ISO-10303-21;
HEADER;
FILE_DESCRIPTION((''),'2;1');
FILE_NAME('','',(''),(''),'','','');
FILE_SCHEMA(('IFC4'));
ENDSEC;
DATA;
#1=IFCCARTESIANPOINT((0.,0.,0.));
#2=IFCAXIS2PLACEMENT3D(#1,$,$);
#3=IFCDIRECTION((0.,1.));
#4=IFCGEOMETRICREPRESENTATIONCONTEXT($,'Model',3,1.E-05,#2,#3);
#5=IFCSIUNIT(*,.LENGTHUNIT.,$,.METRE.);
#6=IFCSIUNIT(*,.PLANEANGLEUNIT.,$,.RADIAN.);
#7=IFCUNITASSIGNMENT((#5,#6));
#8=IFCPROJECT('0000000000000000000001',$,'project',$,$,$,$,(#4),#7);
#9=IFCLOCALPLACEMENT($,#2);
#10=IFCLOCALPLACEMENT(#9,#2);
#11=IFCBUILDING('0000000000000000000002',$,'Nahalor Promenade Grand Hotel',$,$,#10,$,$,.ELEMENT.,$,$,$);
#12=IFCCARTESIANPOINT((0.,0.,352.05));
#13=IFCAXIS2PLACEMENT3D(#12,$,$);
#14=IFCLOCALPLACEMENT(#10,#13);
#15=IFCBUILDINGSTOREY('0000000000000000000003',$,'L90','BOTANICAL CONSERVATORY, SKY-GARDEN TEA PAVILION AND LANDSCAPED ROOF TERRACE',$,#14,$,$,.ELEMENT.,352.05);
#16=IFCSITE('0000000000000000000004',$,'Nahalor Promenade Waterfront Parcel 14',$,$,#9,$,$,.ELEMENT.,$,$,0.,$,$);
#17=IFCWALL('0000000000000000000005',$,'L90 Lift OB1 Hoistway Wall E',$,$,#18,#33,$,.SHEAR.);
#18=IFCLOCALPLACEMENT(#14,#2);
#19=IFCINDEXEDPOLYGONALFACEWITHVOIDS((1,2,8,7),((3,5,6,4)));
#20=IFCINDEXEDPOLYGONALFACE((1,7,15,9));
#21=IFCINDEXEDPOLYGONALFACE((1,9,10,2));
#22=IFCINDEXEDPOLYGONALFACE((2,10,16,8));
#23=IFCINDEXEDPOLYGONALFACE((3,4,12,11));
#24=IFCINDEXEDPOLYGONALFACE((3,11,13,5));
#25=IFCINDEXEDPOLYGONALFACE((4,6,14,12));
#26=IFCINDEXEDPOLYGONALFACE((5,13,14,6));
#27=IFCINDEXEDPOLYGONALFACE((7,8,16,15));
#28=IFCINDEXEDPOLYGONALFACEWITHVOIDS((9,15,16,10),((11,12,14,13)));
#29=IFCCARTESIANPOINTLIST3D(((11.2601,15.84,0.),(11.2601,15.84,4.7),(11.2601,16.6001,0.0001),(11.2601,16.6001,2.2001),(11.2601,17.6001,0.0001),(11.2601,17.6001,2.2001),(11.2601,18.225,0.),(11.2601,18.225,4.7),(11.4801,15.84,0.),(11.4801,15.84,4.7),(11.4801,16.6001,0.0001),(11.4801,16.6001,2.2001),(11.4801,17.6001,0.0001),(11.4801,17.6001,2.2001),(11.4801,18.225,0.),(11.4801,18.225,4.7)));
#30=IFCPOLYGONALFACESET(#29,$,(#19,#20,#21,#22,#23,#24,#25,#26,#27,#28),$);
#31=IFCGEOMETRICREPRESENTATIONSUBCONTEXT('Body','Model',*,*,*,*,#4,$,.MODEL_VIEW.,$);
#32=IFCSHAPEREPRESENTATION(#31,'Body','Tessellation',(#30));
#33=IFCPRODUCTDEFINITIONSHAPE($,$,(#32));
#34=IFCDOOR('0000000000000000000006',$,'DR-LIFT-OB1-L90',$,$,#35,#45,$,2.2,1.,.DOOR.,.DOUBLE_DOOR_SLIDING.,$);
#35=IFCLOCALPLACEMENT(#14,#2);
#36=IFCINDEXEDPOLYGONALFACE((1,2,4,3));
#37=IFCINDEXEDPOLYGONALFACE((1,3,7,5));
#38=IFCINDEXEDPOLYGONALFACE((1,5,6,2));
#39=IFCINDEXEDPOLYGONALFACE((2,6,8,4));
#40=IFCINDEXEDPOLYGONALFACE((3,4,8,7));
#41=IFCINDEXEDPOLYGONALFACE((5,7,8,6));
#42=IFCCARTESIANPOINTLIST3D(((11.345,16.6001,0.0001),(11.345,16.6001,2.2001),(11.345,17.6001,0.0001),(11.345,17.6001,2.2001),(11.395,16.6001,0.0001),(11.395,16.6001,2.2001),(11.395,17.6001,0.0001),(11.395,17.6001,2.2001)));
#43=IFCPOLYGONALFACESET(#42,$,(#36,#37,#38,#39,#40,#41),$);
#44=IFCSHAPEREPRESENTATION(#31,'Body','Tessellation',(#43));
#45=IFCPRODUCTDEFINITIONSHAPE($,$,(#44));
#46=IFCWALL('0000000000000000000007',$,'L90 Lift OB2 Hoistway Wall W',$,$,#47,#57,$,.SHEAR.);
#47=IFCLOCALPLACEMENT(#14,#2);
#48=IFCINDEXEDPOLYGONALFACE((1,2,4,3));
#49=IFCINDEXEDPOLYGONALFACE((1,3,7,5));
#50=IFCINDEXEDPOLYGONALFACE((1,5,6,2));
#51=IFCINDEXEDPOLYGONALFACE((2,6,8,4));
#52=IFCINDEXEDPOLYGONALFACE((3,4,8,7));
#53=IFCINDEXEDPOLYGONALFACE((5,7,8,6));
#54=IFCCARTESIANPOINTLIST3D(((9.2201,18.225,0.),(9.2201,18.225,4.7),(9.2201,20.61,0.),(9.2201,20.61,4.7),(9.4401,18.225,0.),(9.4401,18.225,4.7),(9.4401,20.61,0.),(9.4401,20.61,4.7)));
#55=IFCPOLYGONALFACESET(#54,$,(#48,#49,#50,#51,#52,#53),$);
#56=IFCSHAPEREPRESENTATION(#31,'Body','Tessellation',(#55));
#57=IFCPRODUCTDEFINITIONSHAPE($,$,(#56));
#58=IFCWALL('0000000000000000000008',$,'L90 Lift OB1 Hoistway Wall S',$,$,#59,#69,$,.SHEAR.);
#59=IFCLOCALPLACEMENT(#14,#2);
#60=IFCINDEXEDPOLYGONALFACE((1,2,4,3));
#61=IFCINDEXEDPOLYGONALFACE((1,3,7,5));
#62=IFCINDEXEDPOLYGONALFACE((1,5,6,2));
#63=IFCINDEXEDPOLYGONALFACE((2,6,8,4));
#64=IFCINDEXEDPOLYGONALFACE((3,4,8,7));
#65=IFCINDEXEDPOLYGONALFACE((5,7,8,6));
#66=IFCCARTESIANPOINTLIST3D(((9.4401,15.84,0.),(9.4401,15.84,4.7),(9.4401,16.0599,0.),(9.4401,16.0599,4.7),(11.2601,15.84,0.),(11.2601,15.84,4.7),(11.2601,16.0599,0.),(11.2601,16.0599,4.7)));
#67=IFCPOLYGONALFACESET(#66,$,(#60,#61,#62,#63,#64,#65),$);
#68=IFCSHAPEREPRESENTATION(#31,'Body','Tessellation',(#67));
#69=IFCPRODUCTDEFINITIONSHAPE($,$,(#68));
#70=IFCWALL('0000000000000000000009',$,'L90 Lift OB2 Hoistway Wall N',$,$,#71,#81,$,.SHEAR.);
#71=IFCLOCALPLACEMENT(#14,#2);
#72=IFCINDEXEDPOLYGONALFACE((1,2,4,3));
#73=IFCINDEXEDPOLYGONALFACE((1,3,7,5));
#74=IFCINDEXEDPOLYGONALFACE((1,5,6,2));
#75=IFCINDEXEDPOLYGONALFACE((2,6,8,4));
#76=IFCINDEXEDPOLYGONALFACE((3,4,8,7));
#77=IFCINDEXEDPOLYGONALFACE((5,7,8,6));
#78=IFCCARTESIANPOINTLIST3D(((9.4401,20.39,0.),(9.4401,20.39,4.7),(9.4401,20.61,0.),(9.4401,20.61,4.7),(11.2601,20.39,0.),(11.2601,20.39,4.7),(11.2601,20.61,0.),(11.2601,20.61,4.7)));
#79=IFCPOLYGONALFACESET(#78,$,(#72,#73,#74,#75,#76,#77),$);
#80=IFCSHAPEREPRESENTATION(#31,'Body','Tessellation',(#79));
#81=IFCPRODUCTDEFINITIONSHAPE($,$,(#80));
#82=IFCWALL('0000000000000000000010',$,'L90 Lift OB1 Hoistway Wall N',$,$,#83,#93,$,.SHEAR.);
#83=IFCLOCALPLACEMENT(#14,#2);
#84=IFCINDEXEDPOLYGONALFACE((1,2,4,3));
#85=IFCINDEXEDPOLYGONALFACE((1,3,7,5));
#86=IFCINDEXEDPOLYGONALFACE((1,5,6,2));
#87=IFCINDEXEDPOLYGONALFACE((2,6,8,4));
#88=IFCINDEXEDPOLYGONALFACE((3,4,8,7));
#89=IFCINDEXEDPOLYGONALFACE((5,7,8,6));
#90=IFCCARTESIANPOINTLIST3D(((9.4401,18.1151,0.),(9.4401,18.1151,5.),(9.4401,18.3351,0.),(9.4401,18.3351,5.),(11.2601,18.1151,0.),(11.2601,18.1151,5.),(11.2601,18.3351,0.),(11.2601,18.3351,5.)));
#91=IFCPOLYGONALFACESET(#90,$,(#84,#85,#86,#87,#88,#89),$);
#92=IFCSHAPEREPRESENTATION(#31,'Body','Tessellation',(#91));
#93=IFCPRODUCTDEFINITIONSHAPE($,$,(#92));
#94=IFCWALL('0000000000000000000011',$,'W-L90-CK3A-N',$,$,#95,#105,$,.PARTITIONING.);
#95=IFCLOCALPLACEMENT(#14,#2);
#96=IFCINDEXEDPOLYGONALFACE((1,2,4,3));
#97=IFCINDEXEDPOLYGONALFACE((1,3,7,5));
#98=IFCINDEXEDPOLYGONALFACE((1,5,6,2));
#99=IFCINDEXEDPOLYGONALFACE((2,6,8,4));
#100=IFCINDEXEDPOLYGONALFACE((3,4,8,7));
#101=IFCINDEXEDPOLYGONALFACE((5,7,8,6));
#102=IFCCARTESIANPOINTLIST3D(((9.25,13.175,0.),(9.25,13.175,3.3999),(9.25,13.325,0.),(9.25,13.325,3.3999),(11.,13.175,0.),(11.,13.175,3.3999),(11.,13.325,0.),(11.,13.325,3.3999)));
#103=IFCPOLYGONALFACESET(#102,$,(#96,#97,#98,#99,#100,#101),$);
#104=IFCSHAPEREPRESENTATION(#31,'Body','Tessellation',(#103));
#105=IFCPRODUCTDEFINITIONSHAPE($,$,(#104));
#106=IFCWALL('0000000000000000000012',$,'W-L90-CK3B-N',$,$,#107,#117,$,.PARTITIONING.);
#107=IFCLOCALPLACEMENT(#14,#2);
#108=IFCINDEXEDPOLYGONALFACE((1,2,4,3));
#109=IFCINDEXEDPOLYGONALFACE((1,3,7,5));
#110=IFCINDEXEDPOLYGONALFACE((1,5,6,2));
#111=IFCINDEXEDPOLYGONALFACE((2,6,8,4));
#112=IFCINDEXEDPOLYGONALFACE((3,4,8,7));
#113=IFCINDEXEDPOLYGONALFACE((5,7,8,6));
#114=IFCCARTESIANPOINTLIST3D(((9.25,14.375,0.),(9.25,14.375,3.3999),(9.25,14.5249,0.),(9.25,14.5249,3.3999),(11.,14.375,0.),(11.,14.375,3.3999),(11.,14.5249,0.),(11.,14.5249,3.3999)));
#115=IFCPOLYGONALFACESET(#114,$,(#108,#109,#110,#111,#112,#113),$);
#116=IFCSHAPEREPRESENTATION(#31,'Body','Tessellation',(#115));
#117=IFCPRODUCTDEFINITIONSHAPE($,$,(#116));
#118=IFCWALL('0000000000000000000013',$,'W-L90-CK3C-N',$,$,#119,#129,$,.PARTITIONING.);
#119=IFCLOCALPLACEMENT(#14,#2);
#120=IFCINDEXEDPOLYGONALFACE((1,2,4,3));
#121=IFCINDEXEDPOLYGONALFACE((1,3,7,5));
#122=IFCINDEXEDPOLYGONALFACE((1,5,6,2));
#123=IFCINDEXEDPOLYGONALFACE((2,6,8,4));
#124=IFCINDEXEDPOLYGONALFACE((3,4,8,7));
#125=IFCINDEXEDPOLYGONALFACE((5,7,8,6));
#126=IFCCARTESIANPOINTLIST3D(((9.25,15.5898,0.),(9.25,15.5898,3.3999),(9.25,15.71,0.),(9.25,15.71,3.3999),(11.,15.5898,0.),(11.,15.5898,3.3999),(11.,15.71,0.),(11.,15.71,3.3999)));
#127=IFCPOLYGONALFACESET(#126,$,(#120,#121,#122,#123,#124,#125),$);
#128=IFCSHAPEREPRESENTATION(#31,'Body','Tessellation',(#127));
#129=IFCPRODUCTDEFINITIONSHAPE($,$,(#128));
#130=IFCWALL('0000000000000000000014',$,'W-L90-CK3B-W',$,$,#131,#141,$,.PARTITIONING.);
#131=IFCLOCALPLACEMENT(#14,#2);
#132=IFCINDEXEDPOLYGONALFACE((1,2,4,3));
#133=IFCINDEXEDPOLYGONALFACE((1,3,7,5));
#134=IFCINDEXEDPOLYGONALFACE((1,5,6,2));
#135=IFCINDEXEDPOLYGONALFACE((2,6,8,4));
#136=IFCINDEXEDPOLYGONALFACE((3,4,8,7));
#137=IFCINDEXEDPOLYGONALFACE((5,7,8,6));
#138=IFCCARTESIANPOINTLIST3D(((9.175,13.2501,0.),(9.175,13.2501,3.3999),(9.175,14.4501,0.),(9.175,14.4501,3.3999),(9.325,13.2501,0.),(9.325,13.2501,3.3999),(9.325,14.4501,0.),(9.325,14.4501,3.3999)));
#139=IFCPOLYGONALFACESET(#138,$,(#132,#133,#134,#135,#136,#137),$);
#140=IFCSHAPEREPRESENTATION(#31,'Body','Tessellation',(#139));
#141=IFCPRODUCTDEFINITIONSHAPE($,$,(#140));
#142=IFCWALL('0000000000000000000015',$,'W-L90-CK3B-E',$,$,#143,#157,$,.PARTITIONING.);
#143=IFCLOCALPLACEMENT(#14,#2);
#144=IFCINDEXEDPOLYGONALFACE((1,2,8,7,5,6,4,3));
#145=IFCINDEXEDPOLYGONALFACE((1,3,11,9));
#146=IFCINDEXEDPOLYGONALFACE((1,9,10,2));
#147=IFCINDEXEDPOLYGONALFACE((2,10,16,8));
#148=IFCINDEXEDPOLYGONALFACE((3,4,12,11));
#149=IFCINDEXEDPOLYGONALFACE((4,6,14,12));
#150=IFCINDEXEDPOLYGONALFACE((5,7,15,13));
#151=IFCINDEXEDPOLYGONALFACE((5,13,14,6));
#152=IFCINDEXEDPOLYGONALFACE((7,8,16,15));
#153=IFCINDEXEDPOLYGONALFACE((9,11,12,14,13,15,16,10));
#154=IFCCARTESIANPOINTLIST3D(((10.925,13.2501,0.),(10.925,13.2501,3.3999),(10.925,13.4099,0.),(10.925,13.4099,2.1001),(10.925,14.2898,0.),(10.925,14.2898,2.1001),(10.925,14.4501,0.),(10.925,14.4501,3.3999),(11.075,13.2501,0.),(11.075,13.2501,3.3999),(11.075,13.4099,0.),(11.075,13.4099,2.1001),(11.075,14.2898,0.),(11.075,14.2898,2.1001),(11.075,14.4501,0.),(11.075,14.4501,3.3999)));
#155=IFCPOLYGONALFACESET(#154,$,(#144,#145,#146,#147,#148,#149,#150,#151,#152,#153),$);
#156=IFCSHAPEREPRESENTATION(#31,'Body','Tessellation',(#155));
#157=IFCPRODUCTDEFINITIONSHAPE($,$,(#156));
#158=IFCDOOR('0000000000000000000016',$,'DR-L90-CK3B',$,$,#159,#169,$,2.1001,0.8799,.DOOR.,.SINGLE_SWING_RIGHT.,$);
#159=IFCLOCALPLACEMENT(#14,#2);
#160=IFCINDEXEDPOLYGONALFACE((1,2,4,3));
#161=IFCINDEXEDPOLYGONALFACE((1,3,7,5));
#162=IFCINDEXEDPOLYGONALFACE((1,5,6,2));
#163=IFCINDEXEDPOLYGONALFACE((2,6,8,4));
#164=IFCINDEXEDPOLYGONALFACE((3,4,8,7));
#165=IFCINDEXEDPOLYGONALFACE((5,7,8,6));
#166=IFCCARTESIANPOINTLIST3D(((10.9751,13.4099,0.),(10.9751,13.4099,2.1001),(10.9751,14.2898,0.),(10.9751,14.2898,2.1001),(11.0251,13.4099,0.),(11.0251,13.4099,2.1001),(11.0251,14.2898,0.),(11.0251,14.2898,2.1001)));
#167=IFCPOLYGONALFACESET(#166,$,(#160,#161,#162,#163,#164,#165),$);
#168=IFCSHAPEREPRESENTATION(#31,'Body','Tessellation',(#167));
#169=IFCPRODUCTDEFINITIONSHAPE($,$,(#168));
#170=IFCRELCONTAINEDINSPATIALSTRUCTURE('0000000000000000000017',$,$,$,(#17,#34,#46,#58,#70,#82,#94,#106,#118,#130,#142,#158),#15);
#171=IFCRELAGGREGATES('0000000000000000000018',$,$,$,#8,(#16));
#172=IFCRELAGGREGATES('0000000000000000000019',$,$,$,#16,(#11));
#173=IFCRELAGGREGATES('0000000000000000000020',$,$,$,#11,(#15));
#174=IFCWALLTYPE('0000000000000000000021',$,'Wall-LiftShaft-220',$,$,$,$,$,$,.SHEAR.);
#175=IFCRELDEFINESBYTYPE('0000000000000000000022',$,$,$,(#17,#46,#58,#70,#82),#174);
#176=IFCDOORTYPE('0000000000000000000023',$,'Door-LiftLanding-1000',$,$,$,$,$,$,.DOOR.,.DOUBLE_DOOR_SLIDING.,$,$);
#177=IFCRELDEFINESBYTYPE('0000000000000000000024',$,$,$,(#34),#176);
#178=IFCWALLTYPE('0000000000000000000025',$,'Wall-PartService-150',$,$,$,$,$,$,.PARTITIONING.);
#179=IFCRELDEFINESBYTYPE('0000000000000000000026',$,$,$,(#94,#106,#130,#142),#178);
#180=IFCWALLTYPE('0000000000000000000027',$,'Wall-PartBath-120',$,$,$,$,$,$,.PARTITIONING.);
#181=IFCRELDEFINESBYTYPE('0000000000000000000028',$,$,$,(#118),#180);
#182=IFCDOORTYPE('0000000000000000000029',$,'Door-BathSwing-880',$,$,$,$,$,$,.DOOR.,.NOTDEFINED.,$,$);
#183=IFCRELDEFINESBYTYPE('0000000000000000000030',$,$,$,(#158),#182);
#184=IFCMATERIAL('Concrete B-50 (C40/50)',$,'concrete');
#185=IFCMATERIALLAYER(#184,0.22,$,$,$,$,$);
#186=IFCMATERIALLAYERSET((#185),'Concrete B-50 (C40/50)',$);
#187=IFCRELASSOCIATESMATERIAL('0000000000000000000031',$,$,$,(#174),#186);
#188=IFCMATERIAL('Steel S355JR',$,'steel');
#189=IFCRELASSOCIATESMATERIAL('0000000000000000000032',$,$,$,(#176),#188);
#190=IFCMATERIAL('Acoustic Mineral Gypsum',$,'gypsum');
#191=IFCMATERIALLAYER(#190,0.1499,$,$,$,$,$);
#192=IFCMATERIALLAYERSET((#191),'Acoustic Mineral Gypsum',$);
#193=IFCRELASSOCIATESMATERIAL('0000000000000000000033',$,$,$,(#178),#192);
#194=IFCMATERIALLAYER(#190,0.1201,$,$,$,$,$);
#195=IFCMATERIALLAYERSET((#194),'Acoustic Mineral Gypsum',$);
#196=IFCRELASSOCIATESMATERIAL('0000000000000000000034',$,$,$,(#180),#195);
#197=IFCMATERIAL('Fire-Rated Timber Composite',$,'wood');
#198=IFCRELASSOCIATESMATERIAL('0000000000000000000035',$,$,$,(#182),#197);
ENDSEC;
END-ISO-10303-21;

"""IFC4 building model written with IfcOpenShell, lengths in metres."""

from ifc_helpers import new_model, si_unit, direction, frame, frame_2d, origin, place, context, subcontext, project, spatial, rectangle, extrude, source, transform, mapped, material, layer, layer_set, type_object, element, fill, save


model = new_model("IFC4")

# Units and contexts
model_context = context("Model", 3, precision=1e-05, world=origin(), true_north=direction((0.0, 1.0)))
body_context = subcontext(model_context, "Body", "Model", "MODEL_VIEW")
ifc_project = project(units=[si_unit("LENGTHUNIT", "METRE"), si_unit("PLANEANGLEUNIT", "RADIAN")], contexts=[model_context])

# Site, building, storey
site_placement = place(None, origin())
site = spatial("IfcSite", under=ifc_project, at=site_placement, Name="Nahalor Promenade Waterfront Parcel 14", CompositionType="ELEMENT", RefElevation=0.0)
building_placement = place(site_placement, origin())
building = spatial("IfcBuilding", under=site, at=building_placement, Name="Nahalor Promenade Grand Hotel", CompositionType="ELEMENT")
storey_placement = place(building_placement, frame((0.0, 0.0, 352.05)))
storey = spatial("IfcBuildingStorey", under=building, at=storey_placement, Name="L90", Description="BOTANICAL CONSERVATORY, SKY-GARDEN TEA PAVILION AND LANDSCAPED ROOF TERRACE", CompositionType="ELEMENT", Elevation=352.05)

# Shared definitions
ifc_material_1 = material(Name="Concrete B-50 (C40/50)", Category="concrete")
ifc_material_2 = material(Name="Steel S355JR", Category="steel")

# Shared definitions
ifc_layer_1 = layer(ifc_material_1, 0.22)
ifc_layer_set_1 = layer_set([ifc_layer_1], Name="Concrete B-50 (C40/50)")
wall_type_1 = type_object("IfcWallType", Name="Wall-LiftShaft-220", PredefinedType="SHEAR", material=ifc_layer_set_1)
shared_shape_1 = source(origin(), body_context, "Body", "SweptSolid", [
    extrude(rectangle(XDim=2.385, YDim=0.22, at=frame_2d((1.1924, 0.0))), origin(), (0.0, 0.0, 1.0), 4.7),
])

# Wall, opening, door
wall_1_placement = place(storey_placement, frame((11.3701, 15.8401, 0.0), z_axis=(0.0, 0.0, 1.0), x_axis=(0.0, 1.0, 0.0)))
wall_1 = element("IfcWall", 1, at=wall_1_placement, inside=storey, type_object=wall_type_1, Name="L90 Lift OB1 Hoistway Wall E", PredefinedType="SHEAR", context=body_context, shape_type="MappedRepresentation", body=[
    mapped(shared_shape_1, transform((0.0, 0.0, 0.0), scale=1.0)),
])
opening_1_placement = place(wall_1_placement, frame((0.76, 0.0, 0.0)))
opening_1 = element("IfcOpeningElement", 2, at=opening_1_placement, cuts=wall_1, PredefinedType="OPENING", context=body_context, shape_type="SweptSolid", body=[
    extrude(rectangle(XDim=1.0, YDim=2.2, at=frame_2d((0.5, 1.1001))), frame((0.0, 0.1199, 0.0), z_axis=(0.0, -1.0, 0.0), x_axis=(1.0, 0.0, 0.0)), (0.0, 0.0, 1.0), 0.24),
])
door_type_1 = type_object("IfcDoorType", Name="Door-LiftLanding-1000", OperationType="DOUBLE_DOOR_SLIDING", PredefinedType="DOOR", material=ifc_material_2)
shared_shape_2 = source(origin(), body_context, "Body", "SweptSolid", [
    extrude(rectangle(XDim=1.0, YDim=2.2, at=frame_2d((0.5, 1.1001))), frame((0.0, 0.0249, 0.0), z_axis=(0.0, -1.0, 0.0), x_axis=(1.0, 0.0, 0.0)), (0.0, 0.0, 1.0), 0.05),
])
door_1_placement = place(opening_1_placement, frame((1.0, 0.0, 0.0), z_axis=(0.0, 0.0, 1.0), x_axis=(-1.0, 0.0, 0.0)))
door_1 = element("IfcDoor", 3, at=door_1_placement, inside=storey, type_object=door_type_1, Name="DR-LIFT-OB1-L90", OperationType="DOUBLE_DOOR_SLIDING", OverallHeight=2.2, OverallWidth=1.0, PredefinedType="DOOR", context=body_context, shape_type="MappedRepresentation", body=[
    mapped(shared_shape_2, transform((0.0, 0.0, 0.0), scale=1.0)),
])
fill(opening_1, door_1)

# Walls
wall_2_placement = place(storey_placement, frame((9.3301, 18.2251, 0.0), z_axis=(0.0, 0.0, 1.0), x_axis=(0.0, 1.0, 0.0)))
element("IfcWall", 4, at=wall_2_placement, inside=storey, type_object=wall_type_1, Name="L90 Lift OB2 Hoistway Wall W", PredefinedType="SHEAR", context=body_context, shape_type="MappedRepresentation", body=[
    mapped(shared_shape_1, transform((0.0, 0.0, 0.0), scale=1.0)),
])
shared_shape_3 = source(origin(), body_context, "Body", "SweptSolid", [
    extrude(rectangle(XDim=1.8201, YDim=0.22, at=frame_2d((0.9102, 0.0))), origin(), (0.0, 0.0, 1.0), 4.7),
])
for number, where, z_axis, x_axis, name in (
    (5, (9.4399, 15.95, 0.0), (0.0, 0.0, 1.0), (1.0, 0.0, 0.0), "L90 Lift OB1 Hoistway Wall S"),
    (6, (9.4399, 20.5, 0.0), (0.0, 0.0, 1.0), (1.0, 0.0, 0.0), "L90 Lift OB2 Hoistway Wall N"),
):
    element("IfcWall", number, at=place(storey_placement, frame(where, z_axis=z_axis, x_axis=x_axis)), inside=storey, type_object=wall_type_1, Name=name, PredefinedType="SHEAR", context=body_context, shape_type="MappedRepresentation", body=[
        mapped(shared_shape_3, transform((0.0, 0.0, 0.0), scale=1.0)),
    ])
shared_shape_4 = source(origin(), body_context, "Body", "SweptSolid", [
    extrude(rectangle(XDim=1.8201, YDim=0.22, at=frame_2d((0.9102, 0.0))), origin(), (0.0, 0.0, 1.0), 5.0),
])
wall_3_placement = place(storey_placement, frame((9.4399, 18.2251, 0.0), z_axis=(0.0, 0.0, 1.0), x_axis=(1.0, 0.0, 0.0)))
element("IfcWall", 7, at=wall_3_placement, inside=storey, type_object=wall_type_1, Name="L90 Lift OB1 Hoistway Wall N", PredefinedType="SHEAR", context=body_context, shape_type="MappedRepresentation", body=[
    mapped(shared_shape_4, transform((0.0, 0.0, 0.0), scale=1.0)),
])
ifc_material_3 = material(Name="Acoustic Mineral Gypsum", Category="gypsum")
ifc_layer_2 = layer(ifc_material_3, 0.1499)
ifc_layer_set_2 = layer_set([ifc_layer_2], Name="Acoustic Mineral Gypsum")
wall_type_2 = type_object("IfcWallType", Name="Wall-PartService-150", PredefinedType="PARTITIONING", material=ifc_layer_set_2)
shared_shape_5 = source(origin(), body_context, "Body", "SweptSolid", [
    extrude(rectangle(XDim=1.75, YDim=0.1499, at=frame_2d((0.875, 0.0))), origin(), (0.0, 0.0, 1.0), 3.3999),
])
for number, where, z_axis, x_axis, name in (
    (8, (9.25, 13.25, 0.0), (0.0, 0.0, 1.0), (1.0, 0.0, 0.0), "W-L90-CK3A-N"),
    (9, (9.25, 14.45, 0.0), (0.0, 0.0, 1.0), (1.0, 0.0, 0.0), "W-L90-CK3B-N"),
):
    element("IfcWall", number, at=place(storey_placement, frame(where, z_axis=z_axis, x_axis=x_axis)), inside=storey, type_object=wall_type_2, Name=name, PredefinedType="PARTITIONING", context=body_context, shape_type="MappedRepresentation", body=[
        mapped(shared_shape_5, transform((0.0, 0.0, 0.0), scale=1.0)),
    ])
ifc_layer_3 = layer(ifc_material_3, 0.1201)
ifc_layer_set_3 = layer_set([ifc_layer_3], Name="Acoustic Mineral Gypsum")
wall_type_3 = type_object("IfcWallType", Name="Wall-PartBath-120", PredefinedType="PARTITIONING", material=ifc_layer_set_3)
shared_shape_6 = source(origin(), body_context, "Body", "SweptSolid", [
    extrude(rectangle(XDim=1.75, YDim=0.1201, at=frame_2d((0.875, 0.0))), origin(), (0.0, 0.0, 1.0), 3.3999),
])
wall_4_placement = place(storey_placement, frame((9.25, 15.6499, 0.0), z_axis=(0.0, 0.0, 1.0), x_axis=(1.0, 0.0, 0.0)))
element("IfcWall", 10, at=wall_4_placement, inside=storey, type_object=wall_type_3, Name="W-L90-CK3C-N", PredefinedType="PARTITIONING", context=body_context, shape_type="MappedRepresentation", body=[
    mapped(shared_shape_6, transform((0.0, 0.0, 0.0), scale=1.0)),
])
shared_shape_7 = source(origin(), body_context, "Body", "SweptSolid", [
    extrude(rectangle(XDim=1.2, YDim=0.1499, at=frame_2d((0.6001, 0.0))), origin(), (0.0, 0.0, 1.0), 3.3999),
])
wall_5_placement = place(storey_placement, frame((9.25, 13.25, 0.0), z_axis=(0.0, 0.0, 1.0), x_axis=(0.0, 1.0, 0.0)))
element("IfcWall", 11, at=wall_5_placement, inside=storey, type_object=wall_type_2, Name="W-L90-CK3B-W", PredefinedType="PARTITIONING", context=body_context, shape_type="MappedRepresentation", body=[
    mapped(shared_shape_7, transform((0.0, 0.0, 0.0), scale=1.0)),
])

# Wall, opening, door
wall_6_placement = place(storey_placement, frame((11.0, 13.25, 0.0), z_axis=(0.0, 0.0, 1.0), x_axis=(0.0, 1.0, 0.0)))
wall_6 = element("IfcWall", 12, at=wall_6_placement, inside=storey, type_object=wall_type_2, Name="W-L90-CK3B-E", PredefinedType="PARTITIONING", context=body_context, shape_type="MappedRepresentation", body=[
    mapped(shared_shape_7, transform((0.0, 0.0, 0.0), scale=1.0)),
])
opening_2_placement = place(wall_6_placement, frame((0.1599, 0.0, 0.0)))
opening_2 = element("IfcOpeningElement", 13, at=opening_2_placement, cuts=wall_6, PredefinedType="OPENING", context=body_context, shape_type="SweptSolid", body=[
    extrude(rectangle(XDim=0.8799, YDim=2.1001, at=frame_2d((0.4399, 1.05))), frame((0.0, 0.085, 0.0), z_axis=(0.0, -1.0, 0.0), x_axis=(1.0, 0.0, 0.0)), (0.0, 0.0, 1.0), 0.1699),
])
ifc_material_4 = material(Name="Fire-Rated Timber Composite", Category="wood")
door_type_2 = type_object("IfcDoorType", Name="Door-BathSwing-880", OperationType="NOTDEFINED", PredefinedType="DOOR", material=ifc_material_4)
shared_shape_8 = source(origin(), body_context, "Body", "SweptSolid", [
    extrude(rectangle(XDim=0.8799, YDim=2.1001, at=frame_2d((0.4399, 1.05))), frame((0.0, 0.0249, 0.0), z_axis=(0.0, -1.0, 0.0), x_axis=(1.0, 0.0, 0.0)), (0.0, 0.0, 1.0), 0.05),
])
door_2_placement = place(opening_2_placement, origin())
door_2 = element("IfcDoor", 14, at=door_2_placement, inside=storey, type_object=door_type_2, Name="DR-L90-CK3B", OperationType="SINGLE_SWING_RIGHT", OverallHeight=2.1001, OverallWidth=0.8799, PredefinedType="DOOR", context=body_context, shape_type="MappedRepresentation", body=[
    mapped(shared_shape_8, transform((0.0, 0.0, 0.0), scale=1.0)),
])
fill(opening_2, door_2)

save(model, "model.ifc")
